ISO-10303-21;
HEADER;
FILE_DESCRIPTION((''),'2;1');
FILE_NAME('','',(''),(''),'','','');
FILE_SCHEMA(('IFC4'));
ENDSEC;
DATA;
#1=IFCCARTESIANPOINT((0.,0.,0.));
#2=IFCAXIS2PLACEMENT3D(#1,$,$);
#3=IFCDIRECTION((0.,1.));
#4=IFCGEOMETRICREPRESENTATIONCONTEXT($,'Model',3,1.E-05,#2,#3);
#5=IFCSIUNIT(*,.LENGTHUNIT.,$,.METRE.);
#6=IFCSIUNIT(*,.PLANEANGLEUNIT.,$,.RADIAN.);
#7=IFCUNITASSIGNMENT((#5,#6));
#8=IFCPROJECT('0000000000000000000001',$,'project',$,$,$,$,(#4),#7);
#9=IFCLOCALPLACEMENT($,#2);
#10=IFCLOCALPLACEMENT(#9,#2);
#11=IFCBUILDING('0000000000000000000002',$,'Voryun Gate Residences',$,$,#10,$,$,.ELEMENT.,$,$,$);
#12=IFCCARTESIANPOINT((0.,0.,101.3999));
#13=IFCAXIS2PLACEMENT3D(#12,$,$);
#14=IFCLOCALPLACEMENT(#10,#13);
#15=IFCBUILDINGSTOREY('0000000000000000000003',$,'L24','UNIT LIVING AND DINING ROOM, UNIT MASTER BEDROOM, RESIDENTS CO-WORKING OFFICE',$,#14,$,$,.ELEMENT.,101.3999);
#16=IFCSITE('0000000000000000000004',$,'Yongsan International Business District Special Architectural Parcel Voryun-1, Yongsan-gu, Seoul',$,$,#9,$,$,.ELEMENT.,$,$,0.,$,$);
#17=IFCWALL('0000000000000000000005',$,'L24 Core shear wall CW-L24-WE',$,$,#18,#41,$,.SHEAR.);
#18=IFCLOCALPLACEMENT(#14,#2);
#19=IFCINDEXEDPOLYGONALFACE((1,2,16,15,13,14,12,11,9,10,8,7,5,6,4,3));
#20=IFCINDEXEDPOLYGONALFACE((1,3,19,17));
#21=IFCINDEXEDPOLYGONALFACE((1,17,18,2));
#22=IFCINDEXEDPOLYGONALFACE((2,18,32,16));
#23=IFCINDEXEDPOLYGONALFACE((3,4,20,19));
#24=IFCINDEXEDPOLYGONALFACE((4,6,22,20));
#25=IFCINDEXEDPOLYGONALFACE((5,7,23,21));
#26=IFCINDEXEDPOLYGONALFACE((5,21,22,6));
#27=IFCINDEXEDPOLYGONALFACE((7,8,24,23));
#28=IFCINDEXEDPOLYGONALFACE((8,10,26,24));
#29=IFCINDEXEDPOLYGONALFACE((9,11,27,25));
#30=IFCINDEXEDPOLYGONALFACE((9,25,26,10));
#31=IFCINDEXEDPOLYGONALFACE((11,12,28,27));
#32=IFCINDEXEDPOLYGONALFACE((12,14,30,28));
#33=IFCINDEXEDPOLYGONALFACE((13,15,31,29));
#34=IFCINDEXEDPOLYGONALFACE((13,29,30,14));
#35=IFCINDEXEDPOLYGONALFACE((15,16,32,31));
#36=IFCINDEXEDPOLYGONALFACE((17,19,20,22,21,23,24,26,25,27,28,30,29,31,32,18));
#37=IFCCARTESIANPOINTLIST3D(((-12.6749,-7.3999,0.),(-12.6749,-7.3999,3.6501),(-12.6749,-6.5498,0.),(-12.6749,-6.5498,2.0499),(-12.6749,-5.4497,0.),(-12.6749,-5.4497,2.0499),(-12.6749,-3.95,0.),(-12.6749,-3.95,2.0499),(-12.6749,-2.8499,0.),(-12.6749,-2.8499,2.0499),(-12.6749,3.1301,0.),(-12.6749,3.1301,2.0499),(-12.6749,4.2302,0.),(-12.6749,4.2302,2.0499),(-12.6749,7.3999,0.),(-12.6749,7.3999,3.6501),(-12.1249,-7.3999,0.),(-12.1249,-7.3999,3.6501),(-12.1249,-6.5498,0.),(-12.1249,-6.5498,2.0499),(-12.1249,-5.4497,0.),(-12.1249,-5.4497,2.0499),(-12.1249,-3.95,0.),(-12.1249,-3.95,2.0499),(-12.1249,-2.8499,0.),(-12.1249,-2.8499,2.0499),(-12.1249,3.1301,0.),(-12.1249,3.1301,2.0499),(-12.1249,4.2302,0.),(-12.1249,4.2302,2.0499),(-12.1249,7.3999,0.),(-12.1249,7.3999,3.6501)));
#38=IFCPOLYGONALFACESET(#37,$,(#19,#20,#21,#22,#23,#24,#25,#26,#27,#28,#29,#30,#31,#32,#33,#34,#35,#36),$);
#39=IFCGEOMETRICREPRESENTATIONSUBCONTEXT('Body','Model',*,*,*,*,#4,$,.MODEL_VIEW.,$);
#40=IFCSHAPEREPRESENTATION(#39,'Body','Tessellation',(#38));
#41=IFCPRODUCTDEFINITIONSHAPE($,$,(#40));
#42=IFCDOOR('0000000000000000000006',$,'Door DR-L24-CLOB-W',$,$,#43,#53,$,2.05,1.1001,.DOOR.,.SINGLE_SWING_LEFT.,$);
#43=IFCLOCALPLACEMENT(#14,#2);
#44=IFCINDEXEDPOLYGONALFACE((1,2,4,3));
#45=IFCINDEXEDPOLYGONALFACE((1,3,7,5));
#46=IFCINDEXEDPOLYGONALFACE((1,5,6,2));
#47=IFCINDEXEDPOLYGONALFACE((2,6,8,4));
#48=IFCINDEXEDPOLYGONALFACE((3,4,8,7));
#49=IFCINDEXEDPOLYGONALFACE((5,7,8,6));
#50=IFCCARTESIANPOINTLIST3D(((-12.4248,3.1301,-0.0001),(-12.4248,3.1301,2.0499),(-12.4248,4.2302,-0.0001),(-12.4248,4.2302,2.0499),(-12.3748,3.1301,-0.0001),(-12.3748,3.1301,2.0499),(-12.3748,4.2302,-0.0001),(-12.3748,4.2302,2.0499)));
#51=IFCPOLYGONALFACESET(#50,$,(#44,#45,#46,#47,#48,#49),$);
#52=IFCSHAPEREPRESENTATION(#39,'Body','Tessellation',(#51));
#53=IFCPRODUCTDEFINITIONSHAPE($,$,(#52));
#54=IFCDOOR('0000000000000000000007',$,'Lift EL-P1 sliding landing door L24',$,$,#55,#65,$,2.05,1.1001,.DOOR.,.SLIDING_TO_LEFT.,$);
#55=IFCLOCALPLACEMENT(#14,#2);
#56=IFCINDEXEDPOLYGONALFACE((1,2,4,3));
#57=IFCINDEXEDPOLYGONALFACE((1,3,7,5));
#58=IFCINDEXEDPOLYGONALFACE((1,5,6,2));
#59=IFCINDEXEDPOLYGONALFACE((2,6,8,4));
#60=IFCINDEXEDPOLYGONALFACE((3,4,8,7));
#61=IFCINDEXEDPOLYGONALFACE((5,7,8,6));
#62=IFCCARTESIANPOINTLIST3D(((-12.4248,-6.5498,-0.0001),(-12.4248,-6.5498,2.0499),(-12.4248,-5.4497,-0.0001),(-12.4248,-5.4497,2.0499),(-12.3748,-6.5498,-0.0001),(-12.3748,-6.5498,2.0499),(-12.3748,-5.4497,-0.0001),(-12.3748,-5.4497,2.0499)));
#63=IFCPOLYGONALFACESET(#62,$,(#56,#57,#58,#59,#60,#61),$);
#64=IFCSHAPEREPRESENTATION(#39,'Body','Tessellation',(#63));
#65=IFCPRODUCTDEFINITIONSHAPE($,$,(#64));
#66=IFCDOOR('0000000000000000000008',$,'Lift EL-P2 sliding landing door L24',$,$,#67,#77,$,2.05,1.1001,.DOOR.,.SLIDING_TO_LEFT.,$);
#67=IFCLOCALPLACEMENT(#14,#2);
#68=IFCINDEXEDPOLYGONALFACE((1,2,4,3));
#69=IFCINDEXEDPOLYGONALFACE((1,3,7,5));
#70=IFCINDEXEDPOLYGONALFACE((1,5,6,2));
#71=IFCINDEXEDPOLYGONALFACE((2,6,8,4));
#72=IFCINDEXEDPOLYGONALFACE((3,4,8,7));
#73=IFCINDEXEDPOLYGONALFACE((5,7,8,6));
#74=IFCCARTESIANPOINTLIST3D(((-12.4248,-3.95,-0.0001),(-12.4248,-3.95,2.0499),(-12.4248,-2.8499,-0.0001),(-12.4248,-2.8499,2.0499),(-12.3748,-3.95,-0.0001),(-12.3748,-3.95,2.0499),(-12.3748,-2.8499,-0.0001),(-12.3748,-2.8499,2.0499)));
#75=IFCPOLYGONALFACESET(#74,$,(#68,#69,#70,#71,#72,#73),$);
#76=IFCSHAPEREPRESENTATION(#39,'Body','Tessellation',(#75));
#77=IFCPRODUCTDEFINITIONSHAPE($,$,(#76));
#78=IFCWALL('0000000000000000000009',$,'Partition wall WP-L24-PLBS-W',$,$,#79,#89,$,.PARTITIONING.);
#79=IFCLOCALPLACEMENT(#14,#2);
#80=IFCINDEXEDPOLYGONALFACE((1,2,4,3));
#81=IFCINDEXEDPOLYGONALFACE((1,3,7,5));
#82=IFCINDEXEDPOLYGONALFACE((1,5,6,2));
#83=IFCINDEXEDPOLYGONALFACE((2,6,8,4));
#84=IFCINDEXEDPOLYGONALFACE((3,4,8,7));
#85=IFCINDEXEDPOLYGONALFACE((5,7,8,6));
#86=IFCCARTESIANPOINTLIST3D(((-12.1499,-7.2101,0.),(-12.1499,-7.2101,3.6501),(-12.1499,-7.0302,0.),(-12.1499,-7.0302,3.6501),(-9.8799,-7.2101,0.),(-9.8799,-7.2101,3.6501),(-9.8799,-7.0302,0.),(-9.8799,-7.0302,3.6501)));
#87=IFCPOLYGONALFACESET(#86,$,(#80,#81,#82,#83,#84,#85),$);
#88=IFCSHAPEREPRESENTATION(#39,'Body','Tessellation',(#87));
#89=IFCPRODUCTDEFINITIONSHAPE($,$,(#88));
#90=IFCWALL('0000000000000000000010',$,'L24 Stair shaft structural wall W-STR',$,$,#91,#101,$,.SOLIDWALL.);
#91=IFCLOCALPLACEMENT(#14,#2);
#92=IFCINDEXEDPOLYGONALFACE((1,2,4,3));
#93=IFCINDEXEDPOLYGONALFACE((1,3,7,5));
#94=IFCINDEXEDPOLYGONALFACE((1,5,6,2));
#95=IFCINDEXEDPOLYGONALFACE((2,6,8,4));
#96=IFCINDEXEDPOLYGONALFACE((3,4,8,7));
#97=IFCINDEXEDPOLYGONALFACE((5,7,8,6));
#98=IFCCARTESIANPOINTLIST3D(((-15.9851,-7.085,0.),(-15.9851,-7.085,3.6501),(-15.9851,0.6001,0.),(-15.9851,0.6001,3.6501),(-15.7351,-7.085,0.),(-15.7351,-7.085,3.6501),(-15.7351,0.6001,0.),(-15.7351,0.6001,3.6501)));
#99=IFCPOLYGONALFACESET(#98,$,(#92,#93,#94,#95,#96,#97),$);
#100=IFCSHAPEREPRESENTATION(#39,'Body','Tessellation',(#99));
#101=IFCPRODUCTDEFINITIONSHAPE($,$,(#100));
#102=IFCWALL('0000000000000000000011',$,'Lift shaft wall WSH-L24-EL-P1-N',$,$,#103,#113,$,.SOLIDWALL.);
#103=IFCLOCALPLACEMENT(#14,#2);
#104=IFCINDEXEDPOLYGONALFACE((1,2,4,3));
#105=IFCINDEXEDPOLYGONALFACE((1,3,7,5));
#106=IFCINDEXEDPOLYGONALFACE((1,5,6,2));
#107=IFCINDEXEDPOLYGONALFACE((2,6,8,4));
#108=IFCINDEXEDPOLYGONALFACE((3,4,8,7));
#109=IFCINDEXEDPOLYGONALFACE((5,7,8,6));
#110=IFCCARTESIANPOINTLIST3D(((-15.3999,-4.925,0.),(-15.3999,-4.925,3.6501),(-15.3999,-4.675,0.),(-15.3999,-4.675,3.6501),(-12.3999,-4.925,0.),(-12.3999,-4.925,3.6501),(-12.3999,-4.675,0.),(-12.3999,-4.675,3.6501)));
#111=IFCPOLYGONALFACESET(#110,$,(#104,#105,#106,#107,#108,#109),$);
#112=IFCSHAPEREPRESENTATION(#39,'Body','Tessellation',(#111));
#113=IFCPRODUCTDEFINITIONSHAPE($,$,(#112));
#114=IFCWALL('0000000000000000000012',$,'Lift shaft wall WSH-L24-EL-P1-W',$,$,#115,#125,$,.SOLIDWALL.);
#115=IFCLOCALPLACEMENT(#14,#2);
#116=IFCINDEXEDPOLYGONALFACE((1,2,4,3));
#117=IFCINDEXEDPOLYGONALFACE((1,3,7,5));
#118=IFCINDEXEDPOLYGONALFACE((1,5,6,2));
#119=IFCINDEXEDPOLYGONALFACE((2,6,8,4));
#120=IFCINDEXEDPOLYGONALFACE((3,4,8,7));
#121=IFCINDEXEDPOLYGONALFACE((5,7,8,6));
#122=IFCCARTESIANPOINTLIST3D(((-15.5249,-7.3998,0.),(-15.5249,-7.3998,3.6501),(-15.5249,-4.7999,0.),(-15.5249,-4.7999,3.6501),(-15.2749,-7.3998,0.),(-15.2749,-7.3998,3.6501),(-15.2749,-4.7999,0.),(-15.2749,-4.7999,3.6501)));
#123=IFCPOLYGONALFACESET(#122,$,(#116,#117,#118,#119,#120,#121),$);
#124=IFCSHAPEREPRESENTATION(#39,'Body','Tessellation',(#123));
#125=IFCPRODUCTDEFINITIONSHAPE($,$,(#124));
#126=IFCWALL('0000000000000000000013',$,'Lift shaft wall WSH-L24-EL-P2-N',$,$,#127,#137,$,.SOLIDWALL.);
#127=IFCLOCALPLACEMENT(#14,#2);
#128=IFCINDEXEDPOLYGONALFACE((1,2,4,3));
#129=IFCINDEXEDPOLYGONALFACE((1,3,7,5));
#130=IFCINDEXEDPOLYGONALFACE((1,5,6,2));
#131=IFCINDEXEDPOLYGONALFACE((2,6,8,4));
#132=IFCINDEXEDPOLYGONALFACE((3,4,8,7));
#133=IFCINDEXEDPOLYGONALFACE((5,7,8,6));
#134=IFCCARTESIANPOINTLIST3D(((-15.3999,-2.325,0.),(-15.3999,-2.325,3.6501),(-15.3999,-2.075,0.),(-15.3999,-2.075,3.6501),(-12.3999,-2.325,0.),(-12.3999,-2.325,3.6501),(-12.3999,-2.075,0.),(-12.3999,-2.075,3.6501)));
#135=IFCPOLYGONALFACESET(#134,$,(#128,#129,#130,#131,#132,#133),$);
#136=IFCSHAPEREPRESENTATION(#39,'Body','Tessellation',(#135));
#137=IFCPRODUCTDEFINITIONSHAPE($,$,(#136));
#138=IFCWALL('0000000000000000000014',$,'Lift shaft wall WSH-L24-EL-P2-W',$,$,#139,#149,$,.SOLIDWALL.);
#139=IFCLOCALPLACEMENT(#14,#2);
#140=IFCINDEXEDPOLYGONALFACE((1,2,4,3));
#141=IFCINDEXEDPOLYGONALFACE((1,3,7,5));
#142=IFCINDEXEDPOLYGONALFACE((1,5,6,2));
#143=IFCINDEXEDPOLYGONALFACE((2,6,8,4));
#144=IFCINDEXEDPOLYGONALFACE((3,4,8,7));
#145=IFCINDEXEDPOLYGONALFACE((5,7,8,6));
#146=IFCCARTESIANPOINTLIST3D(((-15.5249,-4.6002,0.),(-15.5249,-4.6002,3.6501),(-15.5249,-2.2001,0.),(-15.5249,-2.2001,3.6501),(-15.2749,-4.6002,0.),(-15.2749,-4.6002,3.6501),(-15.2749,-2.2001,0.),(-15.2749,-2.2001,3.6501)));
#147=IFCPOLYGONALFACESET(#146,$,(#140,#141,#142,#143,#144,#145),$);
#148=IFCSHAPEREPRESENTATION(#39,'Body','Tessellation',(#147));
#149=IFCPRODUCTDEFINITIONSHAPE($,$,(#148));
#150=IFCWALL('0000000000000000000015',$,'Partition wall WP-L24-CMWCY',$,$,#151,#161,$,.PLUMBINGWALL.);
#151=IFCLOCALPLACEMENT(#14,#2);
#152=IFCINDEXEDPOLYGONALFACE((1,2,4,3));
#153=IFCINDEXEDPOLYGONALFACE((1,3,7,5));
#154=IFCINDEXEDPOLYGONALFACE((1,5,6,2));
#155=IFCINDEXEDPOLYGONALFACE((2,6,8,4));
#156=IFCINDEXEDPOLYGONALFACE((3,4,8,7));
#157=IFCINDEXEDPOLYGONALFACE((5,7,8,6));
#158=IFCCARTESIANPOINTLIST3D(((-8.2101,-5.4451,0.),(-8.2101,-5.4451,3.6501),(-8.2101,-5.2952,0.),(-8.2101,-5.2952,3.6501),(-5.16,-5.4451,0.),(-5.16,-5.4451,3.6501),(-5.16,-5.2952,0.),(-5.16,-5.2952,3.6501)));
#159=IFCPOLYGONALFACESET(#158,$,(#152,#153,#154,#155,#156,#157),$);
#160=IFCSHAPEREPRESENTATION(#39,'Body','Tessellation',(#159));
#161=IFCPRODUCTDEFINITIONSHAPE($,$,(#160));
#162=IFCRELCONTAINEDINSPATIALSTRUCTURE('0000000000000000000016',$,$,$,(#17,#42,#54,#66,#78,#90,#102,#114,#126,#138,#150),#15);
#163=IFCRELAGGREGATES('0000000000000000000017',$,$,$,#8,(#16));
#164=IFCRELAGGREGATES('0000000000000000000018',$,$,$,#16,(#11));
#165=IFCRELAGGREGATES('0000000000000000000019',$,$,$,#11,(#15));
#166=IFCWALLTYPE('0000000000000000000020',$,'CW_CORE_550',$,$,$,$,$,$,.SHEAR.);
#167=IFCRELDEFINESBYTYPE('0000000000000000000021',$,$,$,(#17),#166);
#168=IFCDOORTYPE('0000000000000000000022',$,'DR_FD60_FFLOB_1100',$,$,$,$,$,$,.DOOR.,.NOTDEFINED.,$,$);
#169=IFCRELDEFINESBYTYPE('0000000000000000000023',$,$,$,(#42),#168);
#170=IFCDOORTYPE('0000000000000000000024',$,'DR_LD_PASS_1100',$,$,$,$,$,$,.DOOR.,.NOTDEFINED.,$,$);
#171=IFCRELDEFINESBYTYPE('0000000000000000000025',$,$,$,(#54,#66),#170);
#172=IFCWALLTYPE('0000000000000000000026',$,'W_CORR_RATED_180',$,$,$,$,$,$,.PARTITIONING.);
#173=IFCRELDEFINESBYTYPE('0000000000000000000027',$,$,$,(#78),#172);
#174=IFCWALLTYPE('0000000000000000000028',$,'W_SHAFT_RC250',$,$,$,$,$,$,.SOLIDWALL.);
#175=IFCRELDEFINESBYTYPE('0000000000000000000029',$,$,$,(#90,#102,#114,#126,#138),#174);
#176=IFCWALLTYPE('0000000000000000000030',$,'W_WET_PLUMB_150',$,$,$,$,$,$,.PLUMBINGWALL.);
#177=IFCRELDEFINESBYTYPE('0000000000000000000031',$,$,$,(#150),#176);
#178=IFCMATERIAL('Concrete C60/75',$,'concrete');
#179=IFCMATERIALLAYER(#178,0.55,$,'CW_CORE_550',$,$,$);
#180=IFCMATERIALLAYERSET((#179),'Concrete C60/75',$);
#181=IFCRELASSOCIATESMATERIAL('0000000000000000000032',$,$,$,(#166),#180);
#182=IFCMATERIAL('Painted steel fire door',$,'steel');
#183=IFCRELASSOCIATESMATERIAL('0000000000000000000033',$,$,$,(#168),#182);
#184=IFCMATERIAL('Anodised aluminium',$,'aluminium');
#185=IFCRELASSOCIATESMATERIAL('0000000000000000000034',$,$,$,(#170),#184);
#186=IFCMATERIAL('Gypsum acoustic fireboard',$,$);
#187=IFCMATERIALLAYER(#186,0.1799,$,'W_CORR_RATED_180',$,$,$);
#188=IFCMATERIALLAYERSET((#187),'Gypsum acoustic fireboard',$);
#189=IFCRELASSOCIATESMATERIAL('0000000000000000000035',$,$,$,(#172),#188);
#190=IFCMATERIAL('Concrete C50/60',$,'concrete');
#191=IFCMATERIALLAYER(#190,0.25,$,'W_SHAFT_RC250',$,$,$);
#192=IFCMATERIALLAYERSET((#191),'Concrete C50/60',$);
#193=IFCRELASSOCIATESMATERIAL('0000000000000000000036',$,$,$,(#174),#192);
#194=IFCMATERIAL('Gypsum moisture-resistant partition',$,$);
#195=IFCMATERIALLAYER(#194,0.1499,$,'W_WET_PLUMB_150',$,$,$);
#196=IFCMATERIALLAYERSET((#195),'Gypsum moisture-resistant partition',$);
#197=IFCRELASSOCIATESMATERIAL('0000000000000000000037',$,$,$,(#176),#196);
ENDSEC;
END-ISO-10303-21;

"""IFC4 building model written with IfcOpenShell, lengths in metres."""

from ifc_helpers import new_model, si_unit, direction, frame, frame_2d, origin, place, context, subcontext, project, spatial, rectangle, extrude, material, layer, layer_set, type_object, element, fill, save


model = new_model("IFC4")

# Units and contexts
model_context = context("Model", 3, precision=1e-05, world=origin(), true_north=direction((0.0, 1.0)))
body_context = subcontext(model_context, "Body", "Model", "MODEL_VIEW")
ifc_project = project(units=[si_unit("LENGTHUNIT", "METRE"), si_unit("PLANEANGLEUNIT", "RADIAN")], contexts=[model_context])

# Site, building, storey
site_placement = place(None, origin())
site = spatial("IfcSite", under=ifc_project, at=site_placement, Name="Yongsan International Business District Special Architectural Parcel Voryun-1, Yongsan-gu, Seoul", CompositionType="ELEMENT", RefElevation=0.0)
building_placement = place(site_placement, origin())
building = spatial("IfcBuilding", under=site, at=building_placement, Name="Voryun Gate Residences", CompositionType="ELEMENT")
storey_placement = place(building_placement, frame((0.0, 0.0, 101.3999)))
storey = spatial("IfcBuildingStorey", under=building, at=storey_placement, Name="L24", Description="UNIT LIVING AND DINING ROOM, UNIT MASTER BEDROOM, RESIDENTS CO-WORKING OFFICE", CompositionType="ELEMENT", Elevation=101.3999)

# Wall, openings, doors
ifc_material_1 = material(Name="Concrete C60/75", Category="concrete")
ifc_layer_1 = layer(ifc_material_1, 0.55, Name="CW_CORE_550")
ifc_layer_set_1 = layer_set([ifc_layer_1], Name="Concrete C60/75")
wall_type_1 = type_object("IfcWallType", Name="CW_CORE_550", PredefinedType="SHEAR", material=ifc_layer_set_1)
wall_1_placement = place(storey_placement, frame((-12.3999, -7.3999, 0.0), z_axis=(0.0, 0.0, 1.0), x_axis=(0.0, 1.0, 0.0)))
wall_1 = element("IfcWall", 1, at=wall_1_placement, inside=storey, type_object=wall_type_1, Name="L24 Core shear wall CW-L24-WE", PredefinedType="SHEAR", context=body_context, shape_type="SweptSolid", body=[
    extrude(rectangle(XDim=14.7998, YDim=0.55, at=frame_2d((7.3999, 0.0))), origin(), (0.0, 0.0, 1.0), 3.6501),
])
opening_1_placement = place(wall_1_placement, frame((0.8501, 0.0, 0.0)))
opening_1 = element("IfcOpeningElement", 2, at=opening_1_placement, cuts=wall_1, PredefinedType="OPENING", context=body_context, shape_type="SweptSolid", body=[
    extrude(rectangle(XDim=1.1001, YDim=2.05, at=frame_2d((0.55, 1.0249))), frame((0.0, 0.2849, 0.0), z_axis=(0.0, -1.0, 0.0), x_axis=(1.0, 0.0, 0.0)), (0.0, 0.0, 1.0), 0.5701),
])
opening_2_placement = place(wall_1_placement, frame((3.45, 0.0, 0.0)))
opening_2 = element("IfcOpeningElement", 3, at=opening_2_placement, cuts=wall_1, PredefinedType="OPENING", context=body_context, shape_type="SweptSolid", body=[
    extrude(rectangle(XDim=1.1001, YDim=2.05, at=frame_2d((0.55, 1.0249))), frame((0.0, 0.2849, 0.0), z_axis=(0.0, -1.0, 0.0), x_axis=(1.0, 0.0, 0.0)), (0.0, 0.0, 1.0), 0.5701),
])
opening_3_placement = place(wall_1_placement, frame((10.53, 0.0, 0.0)))
opening_3 = element("IfcOpeningElement", 4, at=opening_3_placement, cuts=wall_1, PredefinedType="OPENING", context=body_context, shape_type="SweptSolid", body=[
    extrude(rectangle(XDim=1.1001, YDim=2.05, at=frame_2d((0.55, 1.0249))), frame((0.0, 0.2849, 0.0), z_axis=(0.0, -1.0, 0.0), x_axis=(1.0, 0.0, 0.0)), (0.0, 0.0, 1.0), 0.5701),
])
ifc_material_2 = material(Name="Painted steel fire door", Category="steel")
door_type_1 = type_object("IfcDoorType", Name="DR_FD60_FFLOB_1100", OperationType="NOTDEFINED", PredefinedType="DOOR", material=ifc_material_2)
door_1_placement = place(opening_3_placement, origin())
door_1 = element("IfcDoor", 5, at=door_1_placement, inside=storey, type_object=door_type_1, Name="Door DR-L24-CLOB-W", OperationType="SINGLE_SWING_LEFT", OverallHeight=2.05, OverallWidth=1.1001, PredefinedType="DOOR", context=body_context, shape_type="SweptSolid", body=[
    extrude(rectangle(XDim=1.1001, YDim=2.05, at=frame_2d((0.55, 1.0249))), frame((0.0, 0.0249, 0.0), z_axis=(0.0, -1.0, 0.0), x_axis=(1.0, 0.0, 0.0)), (0.0, 0.0, 1.0), 0.05),
])
fill(opening_3, door_1)
ifc_material_3 = material(Name="Anodised aluminium", Category="aluminium")
door_type_2 = type_object("IfcDoorType", Name="DR_LD_PASS_1100", OperationType="NOTDEFINED", PredefinedType="DOOR", material=ifc_material_3)
door_2_placement = place(opening_1_placement, origin())
door_2 = element("IfcDoor", 6, at=door_2_placement, inside=storey, type_object=door_type_2, Name="Lift EL-P1 sliding landing door L24", OperationType="SLIDING_TO_LEFT", OverallHeight=2.05, OverallWidth=1.1001, PredefinedType="DOOR", context=body_context, shape_type="SweptSolid", body=[
    extrude(rectangle(XDim=1.1001, YDim=2.05, at=frame_2d((0.55, 1.0249))), frame((0.0, 0.0249, 0.0), z_axis=(0.0, -1.0, 0.0), x_axis=(1.0, 0.0, 0.0)), (0.0, 0.0, 1.0), 0.05),
])
fill(opening_1, door_2)
door_3_placement = place(opening_2_placement, origin())
door_3 = element("IfcDoor", 7, at=door_3_placement, inside=storey, type_object=door_type_2, Name="Lift EL-P2 sliding landing door L24", OperationType="SLIDING_TO_LEFT", OverallHeight=2.05, OverallWidth=1.1001, PredefinedType="DOOR", context=body_context, shape_type="SweptSolid", body=[
    extrude(rectangle(XDim=1.1001, YDim=2.05, at=frame_2d((0.55, 1.0249))), frame((0.0, 0.0249, 0.0), z_axis=(0.0, -1.0, 0.0), x_axis=(1.0, 0.0, 0.0)), (0.0, 0.0, 1.0), 0.05),
])
fill(opening_2, door_3)

# Walls
ifc_material_4 = material(Name="Gypsum acoustic fireboard")
ifc_layer_2 = layer(ifc_material_4, 0.1799, Name="W_CORR_RATED_180")
ifc_layer_set_2 = layer_set([ifc_layer_2], Name="Gypsum acoustic fireboard")
wall_type_2 = type_object("IfcWallType", Name="W_CORR_RATED_180", PredefinedType="PARTITIONING", material=ifc_layer_set_2)
wall_2_placement = place(storey_placement, frame((-12.1499, -7.1201, 0.0), z_axis=(0.0, 0.0, 1.0), x_axis=(1.0, 0.0, 0.0)))
element("IfcWall", 8, at=wall_2_placement, inside=storey, type_object=wall_type_2, Name="Partition wall WP-L24-PLBS-W", PredefinedType="PARTITIONING", context=body_context, shape_type="SweptSolid", body=[
    extrude(rectangle(XDim=2.27, YDim=0.1799, at=frame_2d((1.135, 0.0))), origin(), (0.0, 0.0, 1.0), 3.6501),
])
ifc_material_5 = material(Name="Concrete C50/60", Category="concrete")
ifc_layer_3 = layer(ifc_material_5, 0.25, Name="W_SHAFT_RC250")
ifc_layer_set_3 = layer_set([ifc_layer_3], Name="Concrete C50/60")
wall_type_3 = type_object("IfcWallType", Name="W_SHAFT_RC250", PredefinedType="SOLIDWALL", material=ifc_layer_set_3)
wall_3_placement = place(storey_placement, frame((-15.8601, -7.085, 0.0), z_axis=(0.0, 0.0, 1.0), x_axis=(0.0, 1.0, 0.0)))
element("IfcWall", 9, at=wall_3_placement, inside=storey, type_object=wall_type_3, Name="L24 Stair shaft structural wall W-STR", PredefinedType="SOLIDWALL", context=body_context, shape_type="SweptSolid", body=[
    extrude(rectangle(XDim=7.6851, YDim=0.25, at=frame_2d((3.8425, 0.0))), origin(), (0.0, 0.0, 1.0), 3.6501),
])
wall_4_placement = place(storey_placement, frame((-12.3999, -4.8, 0.0), z_axis=(0.0, 0.0, 1.0), x_axis=(-1.0, 0.0, 0.0)))
element("IfcWall", 10, at=wall_4_placement, inside=storey, type_object=wall_type_3, Name="Lift shaft wall WSH-L24-EL-P1-N", PredefinedType="SOLIDWALL", context=body_context, shape_type="SweptSolid", body=[
    extrude(rectangle(XDim=3.0, YDim=0.25, at=frame_2d((1.5, 0.0))), origin(), (0.0, 0.0, 1.0), 3.6501),
])
wall_5_placement = place(storey_placement, frame((-15.3999, -4.8, 0.0), z_axis=(0.0, 0.0, 1.0), x_axis=(0.0, -1.0, 0.0)))
element("IfcWall", 11, at=wall_5_placement, inside=storey, type_object=wall_type_3, Name="Lift shaft wall WSH-L24-EL-P1-W", PredefinedType="SOLIDWALL", context=body_context, shape_type="SweptSolid", body=[
    extrude(rectangle(XDim=2.5999, YDim=0.25, at=frame_2d((1.2998, 0.0))), origin(), (0.0, 0.0, 1.0), 3.6501),
])
wall_6_placement = place(storey_placement, frame((-12.3999, -2.2, 0.0), z_axis=(0.0, 0.0, 1.0), x_axis=(-1.0, 0.0, 0.0)))
element("IfcWall", 12, at=wall_6_placement, inside=storey, type_object=wall_type_3, Name="Lift shaft wall WSH-L24-EL-P2-N", PredefinedType="SOLIDWALL", context=body_context, shape_type="SweptSolid", body=[
    extrude(rectangle(XDim=3.0, YDim=0.25, at=frame_2d((1.5, 0.0))), origin(), (0.0, 0.0, 1.0), 3.6501),
])
wall_7_placement = place(storey_placement, frame((-15.3999, -2.2, 0.0), z_axis=(0.0, 0.0, 1.0), x_axis=(0.0, -1.0, 0.0)))
element("IfcWall", 13, at=wall_7_placement, inside=storey, type_object=wall_type_3, Name="Lift shaft wall WSH-L24-EL-P2-W", PredefinedType="SOLIDWALL", context=body_context, shape_type="SweptSolid", body=[
    extrude(rectangle(XDim=2.4001, YDim=0.25, at=frame_2d((1.2002, 0.0))), origin(), (0.0, 0.0, 1.0), 3.6501),
])
ifc_material_6 = material(Name="Gypsum moisture-resistant partition")
ifc_layer_4 = layer(ifc_material_6, 0.1499, Name="W_WET_PLUMB_150")
ifc_layer_set_4 = layer_set([ifc_layer_4], Name="Gypsum moisture-resistant partition")
wall_type_4 = type_object("IfcWallType", Name="W_WET_PLUMB_150", PredefinedType="PLUMBINGWALL", material=ifc_layer_set_4)
wall_8_placement = place(storey_placement, frame((-8.21, -5.3701, 0.0), z_axis=(0.0, 0.0, 1.0), x_axis=(1.0, 0.0, 0.0)))
element("IfcWall", 14, at=wall_8_placement, inside=storey, type_object=wall_type_4, Name="Partition wall WP-L24-CMWCY", PredefinedType="PLUMBINGWALL", context=body_context, shape_type="SweptSolid", body=[
    extrude(rectangle(XDim=3.05, YDim=0.1499, at=frame_2d((1.5249, 0.0))), origin(), (0.0, 0.0, 1.0), 3.6501),
])

save(model, "model.ifc")
